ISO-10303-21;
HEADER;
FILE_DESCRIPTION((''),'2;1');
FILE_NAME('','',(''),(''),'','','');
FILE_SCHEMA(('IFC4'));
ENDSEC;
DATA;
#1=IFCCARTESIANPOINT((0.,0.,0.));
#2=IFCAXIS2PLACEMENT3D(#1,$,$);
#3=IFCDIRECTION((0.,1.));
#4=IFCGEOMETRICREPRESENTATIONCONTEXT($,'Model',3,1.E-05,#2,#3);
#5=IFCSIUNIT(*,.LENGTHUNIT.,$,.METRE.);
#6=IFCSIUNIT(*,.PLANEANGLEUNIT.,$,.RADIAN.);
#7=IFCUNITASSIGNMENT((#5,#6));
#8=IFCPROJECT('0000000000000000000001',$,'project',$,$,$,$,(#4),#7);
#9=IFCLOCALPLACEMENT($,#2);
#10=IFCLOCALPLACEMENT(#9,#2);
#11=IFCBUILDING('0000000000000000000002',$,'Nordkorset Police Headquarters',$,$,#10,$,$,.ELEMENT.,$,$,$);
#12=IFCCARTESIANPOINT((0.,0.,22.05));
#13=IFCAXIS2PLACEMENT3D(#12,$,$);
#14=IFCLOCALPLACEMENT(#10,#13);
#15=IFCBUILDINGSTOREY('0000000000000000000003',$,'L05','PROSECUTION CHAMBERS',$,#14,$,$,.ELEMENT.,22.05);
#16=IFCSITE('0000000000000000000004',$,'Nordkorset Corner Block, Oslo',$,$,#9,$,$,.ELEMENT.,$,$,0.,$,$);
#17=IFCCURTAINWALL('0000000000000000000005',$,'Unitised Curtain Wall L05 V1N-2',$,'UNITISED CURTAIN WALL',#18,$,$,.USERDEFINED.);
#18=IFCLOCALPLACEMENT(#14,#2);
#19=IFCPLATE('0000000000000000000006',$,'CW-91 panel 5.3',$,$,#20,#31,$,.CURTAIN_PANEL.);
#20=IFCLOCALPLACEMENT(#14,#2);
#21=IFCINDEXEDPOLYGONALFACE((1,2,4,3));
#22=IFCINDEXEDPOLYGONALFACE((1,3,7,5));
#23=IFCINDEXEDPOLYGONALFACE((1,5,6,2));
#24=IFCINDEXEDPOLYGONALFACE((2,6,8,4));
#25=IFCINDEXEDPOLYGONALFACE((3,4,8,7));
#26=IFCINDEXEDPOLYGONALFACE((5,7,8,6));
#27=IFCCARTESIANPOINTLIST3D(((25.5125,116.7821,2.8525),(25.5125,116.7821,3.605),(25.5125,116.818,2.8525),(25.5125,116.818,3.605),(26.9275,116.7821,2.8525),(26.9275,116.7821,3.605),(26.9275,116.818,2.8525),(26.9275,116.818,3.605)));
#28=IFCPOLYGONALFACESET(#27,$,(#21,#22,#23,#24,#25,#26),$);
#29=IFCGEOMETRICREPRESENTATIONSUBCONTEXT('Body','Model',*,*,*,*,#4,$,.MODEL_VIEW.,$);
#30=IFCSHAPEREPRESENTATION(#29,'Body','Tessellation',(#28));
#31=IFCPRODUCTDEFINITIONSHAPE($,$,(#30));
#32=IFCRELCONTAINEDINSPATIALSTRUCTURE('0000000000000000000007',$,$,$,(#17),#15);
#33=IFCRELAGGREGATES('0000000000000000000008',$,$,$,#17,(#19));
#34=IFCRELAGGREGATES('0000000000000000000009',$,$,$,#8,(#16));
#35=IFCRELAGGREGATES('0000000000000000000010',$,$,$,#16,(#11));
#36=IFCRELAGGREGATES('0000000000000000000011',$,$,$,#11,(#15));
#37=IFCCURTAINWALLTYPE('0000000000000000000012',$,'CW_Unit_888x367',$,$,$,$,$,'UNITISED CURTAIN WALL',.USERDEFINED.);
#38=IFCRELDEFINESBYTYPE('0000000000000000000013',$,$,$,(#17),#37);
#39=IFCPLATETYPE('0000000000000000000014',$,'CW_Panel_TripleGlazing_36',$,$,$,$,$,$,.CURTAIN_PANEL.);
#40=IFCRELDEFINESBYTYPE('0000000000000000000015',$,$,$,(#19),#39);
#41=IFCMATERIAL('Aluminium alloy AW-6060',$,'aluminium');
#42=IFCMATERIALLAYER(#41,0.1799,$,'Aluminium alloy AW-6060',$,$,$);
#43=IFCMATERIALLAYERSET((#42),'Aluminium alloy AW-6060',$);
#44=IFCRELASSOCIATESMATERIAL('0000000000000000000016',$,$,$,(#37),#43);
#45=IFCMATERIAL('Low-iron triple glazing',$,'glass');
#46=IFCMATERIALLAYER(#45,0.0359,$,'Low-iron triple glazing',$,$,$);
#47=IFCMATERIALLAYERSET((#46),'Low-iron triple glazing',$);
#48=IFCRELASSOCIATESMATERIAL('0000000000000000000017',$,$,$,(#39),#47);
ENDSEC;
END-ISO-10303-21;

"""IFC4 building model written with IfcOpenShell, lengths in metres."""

from ifc_helpers import new_model, si_unit, direction, frame, origin, origin_2d, place, context, subcontext, project, spatial, rectangle, extrude, material, layer, layer_set, type_object, element, aggregate, save


model = new_model("IFC4")

# Units and contexts
model_context = context("Model", 3, precision=1e-05, world=origin(), true_north=direction((0.0, 1.0)))
body_context = subcontext(model_context, "Body", "Model", "MODEL_VIEW")
ifc_project = project(units=[si_unit("LENGTHUNIT", "METRE"), si_unit("PLANEANGLEUNIT", "RADIAN")], contexts=[model_context])

# Site, building, storey
site_placement = place(None, origin())
site = spatial("IfcSite", under=ifc_project, at=site_placement, Name="Nordkorset Corner Block, Oslo", CompositionType="ELEMENT", RefElevation=0.0)
building_placement = place(site_placement, origin())
building = spatial("IfcBuilding", under=site, at=building_placement, Name="Nordkorset Police Headquarters", CompositionType="ELEMENT")
storey_placement = place(building_placement, frame((0.0, 0.0, 22.05)))
storey = spatial("IfcBuildingStorey", under=building, at=storey_placement, Name="L05", Description="PROSECUTION CHAMBERS", CompositionType="ELEMENT", Elevation=22.05)

# Curtain wall, plate
ifc_material_1 = material(Name="Aluminium alloy AW-6060", Category="aluminium")
ifc_layer_1 = layer(ifc_material_1, 0.1799, Name="Aluminium alloy AW-6060")
ifc_layer_set_1 = layer_set([ifc_layer_1], Name="Aluminium alloy AW-6060")
curtain_wall_type = type_object("IfcCurtainWallType", Name="CW_Unit_888x367", ElementType="UNITISED CURTAIN WALL", PredefinedType="USERDEFINED", material=ifc_layer_set_1)
curtain_wall_placement = place(storey_placement, origin())
curtain_wall = element("IfcCurtainWall", 1, at=curtain_wall_placement, inside=storey, type_object=curtain_wall_type, Name="Unitised Curtain Wall L05 V1N-2", ObjectType="UNITISED CURTAIN WALL", PredefinedType="USERDEFINED")
ifc_material_2 = material(Name="Low-iron triple glazing", Category="glass")
ifc_layer_2 = layer(ifc_material_2, 0.0359, Name="Low-iron triple glazing")
ifc_layer_set_2 = layer_set([ifc_layer_2], Name="Low-iron triple glazing")
plate_type = type_object("IfcPlateType", Name="CW_Panel_TripleGlazing_36", PredefinedType="CURTAIN_PANEL", material=ifc_layer_set_2)
plate_1_placement = place(storey_placement, frame((26.22, 116.8, 2.8525), z_axis=(0.0, 0.0, 1.0), x_axis=(1.0, 0.0, 0.0)))
plate_1 = element("IfcPlate", 2, at=plate_1_placement, type_object=plate_type, Name="CW-91 panel 5.3", PredefinedType="CURTAIN_PANEL", context=body_context, shape_type="SweptSolid", body=[
    extrude(rectangle(XDim=1.415, YDim=0.0359, at=origin_2d()), origin(), (0.0, 0.0, 1.0), 0.7524),
])
aggregate(curtain_wall, [plate_1])

save(model, "model.ifc")
